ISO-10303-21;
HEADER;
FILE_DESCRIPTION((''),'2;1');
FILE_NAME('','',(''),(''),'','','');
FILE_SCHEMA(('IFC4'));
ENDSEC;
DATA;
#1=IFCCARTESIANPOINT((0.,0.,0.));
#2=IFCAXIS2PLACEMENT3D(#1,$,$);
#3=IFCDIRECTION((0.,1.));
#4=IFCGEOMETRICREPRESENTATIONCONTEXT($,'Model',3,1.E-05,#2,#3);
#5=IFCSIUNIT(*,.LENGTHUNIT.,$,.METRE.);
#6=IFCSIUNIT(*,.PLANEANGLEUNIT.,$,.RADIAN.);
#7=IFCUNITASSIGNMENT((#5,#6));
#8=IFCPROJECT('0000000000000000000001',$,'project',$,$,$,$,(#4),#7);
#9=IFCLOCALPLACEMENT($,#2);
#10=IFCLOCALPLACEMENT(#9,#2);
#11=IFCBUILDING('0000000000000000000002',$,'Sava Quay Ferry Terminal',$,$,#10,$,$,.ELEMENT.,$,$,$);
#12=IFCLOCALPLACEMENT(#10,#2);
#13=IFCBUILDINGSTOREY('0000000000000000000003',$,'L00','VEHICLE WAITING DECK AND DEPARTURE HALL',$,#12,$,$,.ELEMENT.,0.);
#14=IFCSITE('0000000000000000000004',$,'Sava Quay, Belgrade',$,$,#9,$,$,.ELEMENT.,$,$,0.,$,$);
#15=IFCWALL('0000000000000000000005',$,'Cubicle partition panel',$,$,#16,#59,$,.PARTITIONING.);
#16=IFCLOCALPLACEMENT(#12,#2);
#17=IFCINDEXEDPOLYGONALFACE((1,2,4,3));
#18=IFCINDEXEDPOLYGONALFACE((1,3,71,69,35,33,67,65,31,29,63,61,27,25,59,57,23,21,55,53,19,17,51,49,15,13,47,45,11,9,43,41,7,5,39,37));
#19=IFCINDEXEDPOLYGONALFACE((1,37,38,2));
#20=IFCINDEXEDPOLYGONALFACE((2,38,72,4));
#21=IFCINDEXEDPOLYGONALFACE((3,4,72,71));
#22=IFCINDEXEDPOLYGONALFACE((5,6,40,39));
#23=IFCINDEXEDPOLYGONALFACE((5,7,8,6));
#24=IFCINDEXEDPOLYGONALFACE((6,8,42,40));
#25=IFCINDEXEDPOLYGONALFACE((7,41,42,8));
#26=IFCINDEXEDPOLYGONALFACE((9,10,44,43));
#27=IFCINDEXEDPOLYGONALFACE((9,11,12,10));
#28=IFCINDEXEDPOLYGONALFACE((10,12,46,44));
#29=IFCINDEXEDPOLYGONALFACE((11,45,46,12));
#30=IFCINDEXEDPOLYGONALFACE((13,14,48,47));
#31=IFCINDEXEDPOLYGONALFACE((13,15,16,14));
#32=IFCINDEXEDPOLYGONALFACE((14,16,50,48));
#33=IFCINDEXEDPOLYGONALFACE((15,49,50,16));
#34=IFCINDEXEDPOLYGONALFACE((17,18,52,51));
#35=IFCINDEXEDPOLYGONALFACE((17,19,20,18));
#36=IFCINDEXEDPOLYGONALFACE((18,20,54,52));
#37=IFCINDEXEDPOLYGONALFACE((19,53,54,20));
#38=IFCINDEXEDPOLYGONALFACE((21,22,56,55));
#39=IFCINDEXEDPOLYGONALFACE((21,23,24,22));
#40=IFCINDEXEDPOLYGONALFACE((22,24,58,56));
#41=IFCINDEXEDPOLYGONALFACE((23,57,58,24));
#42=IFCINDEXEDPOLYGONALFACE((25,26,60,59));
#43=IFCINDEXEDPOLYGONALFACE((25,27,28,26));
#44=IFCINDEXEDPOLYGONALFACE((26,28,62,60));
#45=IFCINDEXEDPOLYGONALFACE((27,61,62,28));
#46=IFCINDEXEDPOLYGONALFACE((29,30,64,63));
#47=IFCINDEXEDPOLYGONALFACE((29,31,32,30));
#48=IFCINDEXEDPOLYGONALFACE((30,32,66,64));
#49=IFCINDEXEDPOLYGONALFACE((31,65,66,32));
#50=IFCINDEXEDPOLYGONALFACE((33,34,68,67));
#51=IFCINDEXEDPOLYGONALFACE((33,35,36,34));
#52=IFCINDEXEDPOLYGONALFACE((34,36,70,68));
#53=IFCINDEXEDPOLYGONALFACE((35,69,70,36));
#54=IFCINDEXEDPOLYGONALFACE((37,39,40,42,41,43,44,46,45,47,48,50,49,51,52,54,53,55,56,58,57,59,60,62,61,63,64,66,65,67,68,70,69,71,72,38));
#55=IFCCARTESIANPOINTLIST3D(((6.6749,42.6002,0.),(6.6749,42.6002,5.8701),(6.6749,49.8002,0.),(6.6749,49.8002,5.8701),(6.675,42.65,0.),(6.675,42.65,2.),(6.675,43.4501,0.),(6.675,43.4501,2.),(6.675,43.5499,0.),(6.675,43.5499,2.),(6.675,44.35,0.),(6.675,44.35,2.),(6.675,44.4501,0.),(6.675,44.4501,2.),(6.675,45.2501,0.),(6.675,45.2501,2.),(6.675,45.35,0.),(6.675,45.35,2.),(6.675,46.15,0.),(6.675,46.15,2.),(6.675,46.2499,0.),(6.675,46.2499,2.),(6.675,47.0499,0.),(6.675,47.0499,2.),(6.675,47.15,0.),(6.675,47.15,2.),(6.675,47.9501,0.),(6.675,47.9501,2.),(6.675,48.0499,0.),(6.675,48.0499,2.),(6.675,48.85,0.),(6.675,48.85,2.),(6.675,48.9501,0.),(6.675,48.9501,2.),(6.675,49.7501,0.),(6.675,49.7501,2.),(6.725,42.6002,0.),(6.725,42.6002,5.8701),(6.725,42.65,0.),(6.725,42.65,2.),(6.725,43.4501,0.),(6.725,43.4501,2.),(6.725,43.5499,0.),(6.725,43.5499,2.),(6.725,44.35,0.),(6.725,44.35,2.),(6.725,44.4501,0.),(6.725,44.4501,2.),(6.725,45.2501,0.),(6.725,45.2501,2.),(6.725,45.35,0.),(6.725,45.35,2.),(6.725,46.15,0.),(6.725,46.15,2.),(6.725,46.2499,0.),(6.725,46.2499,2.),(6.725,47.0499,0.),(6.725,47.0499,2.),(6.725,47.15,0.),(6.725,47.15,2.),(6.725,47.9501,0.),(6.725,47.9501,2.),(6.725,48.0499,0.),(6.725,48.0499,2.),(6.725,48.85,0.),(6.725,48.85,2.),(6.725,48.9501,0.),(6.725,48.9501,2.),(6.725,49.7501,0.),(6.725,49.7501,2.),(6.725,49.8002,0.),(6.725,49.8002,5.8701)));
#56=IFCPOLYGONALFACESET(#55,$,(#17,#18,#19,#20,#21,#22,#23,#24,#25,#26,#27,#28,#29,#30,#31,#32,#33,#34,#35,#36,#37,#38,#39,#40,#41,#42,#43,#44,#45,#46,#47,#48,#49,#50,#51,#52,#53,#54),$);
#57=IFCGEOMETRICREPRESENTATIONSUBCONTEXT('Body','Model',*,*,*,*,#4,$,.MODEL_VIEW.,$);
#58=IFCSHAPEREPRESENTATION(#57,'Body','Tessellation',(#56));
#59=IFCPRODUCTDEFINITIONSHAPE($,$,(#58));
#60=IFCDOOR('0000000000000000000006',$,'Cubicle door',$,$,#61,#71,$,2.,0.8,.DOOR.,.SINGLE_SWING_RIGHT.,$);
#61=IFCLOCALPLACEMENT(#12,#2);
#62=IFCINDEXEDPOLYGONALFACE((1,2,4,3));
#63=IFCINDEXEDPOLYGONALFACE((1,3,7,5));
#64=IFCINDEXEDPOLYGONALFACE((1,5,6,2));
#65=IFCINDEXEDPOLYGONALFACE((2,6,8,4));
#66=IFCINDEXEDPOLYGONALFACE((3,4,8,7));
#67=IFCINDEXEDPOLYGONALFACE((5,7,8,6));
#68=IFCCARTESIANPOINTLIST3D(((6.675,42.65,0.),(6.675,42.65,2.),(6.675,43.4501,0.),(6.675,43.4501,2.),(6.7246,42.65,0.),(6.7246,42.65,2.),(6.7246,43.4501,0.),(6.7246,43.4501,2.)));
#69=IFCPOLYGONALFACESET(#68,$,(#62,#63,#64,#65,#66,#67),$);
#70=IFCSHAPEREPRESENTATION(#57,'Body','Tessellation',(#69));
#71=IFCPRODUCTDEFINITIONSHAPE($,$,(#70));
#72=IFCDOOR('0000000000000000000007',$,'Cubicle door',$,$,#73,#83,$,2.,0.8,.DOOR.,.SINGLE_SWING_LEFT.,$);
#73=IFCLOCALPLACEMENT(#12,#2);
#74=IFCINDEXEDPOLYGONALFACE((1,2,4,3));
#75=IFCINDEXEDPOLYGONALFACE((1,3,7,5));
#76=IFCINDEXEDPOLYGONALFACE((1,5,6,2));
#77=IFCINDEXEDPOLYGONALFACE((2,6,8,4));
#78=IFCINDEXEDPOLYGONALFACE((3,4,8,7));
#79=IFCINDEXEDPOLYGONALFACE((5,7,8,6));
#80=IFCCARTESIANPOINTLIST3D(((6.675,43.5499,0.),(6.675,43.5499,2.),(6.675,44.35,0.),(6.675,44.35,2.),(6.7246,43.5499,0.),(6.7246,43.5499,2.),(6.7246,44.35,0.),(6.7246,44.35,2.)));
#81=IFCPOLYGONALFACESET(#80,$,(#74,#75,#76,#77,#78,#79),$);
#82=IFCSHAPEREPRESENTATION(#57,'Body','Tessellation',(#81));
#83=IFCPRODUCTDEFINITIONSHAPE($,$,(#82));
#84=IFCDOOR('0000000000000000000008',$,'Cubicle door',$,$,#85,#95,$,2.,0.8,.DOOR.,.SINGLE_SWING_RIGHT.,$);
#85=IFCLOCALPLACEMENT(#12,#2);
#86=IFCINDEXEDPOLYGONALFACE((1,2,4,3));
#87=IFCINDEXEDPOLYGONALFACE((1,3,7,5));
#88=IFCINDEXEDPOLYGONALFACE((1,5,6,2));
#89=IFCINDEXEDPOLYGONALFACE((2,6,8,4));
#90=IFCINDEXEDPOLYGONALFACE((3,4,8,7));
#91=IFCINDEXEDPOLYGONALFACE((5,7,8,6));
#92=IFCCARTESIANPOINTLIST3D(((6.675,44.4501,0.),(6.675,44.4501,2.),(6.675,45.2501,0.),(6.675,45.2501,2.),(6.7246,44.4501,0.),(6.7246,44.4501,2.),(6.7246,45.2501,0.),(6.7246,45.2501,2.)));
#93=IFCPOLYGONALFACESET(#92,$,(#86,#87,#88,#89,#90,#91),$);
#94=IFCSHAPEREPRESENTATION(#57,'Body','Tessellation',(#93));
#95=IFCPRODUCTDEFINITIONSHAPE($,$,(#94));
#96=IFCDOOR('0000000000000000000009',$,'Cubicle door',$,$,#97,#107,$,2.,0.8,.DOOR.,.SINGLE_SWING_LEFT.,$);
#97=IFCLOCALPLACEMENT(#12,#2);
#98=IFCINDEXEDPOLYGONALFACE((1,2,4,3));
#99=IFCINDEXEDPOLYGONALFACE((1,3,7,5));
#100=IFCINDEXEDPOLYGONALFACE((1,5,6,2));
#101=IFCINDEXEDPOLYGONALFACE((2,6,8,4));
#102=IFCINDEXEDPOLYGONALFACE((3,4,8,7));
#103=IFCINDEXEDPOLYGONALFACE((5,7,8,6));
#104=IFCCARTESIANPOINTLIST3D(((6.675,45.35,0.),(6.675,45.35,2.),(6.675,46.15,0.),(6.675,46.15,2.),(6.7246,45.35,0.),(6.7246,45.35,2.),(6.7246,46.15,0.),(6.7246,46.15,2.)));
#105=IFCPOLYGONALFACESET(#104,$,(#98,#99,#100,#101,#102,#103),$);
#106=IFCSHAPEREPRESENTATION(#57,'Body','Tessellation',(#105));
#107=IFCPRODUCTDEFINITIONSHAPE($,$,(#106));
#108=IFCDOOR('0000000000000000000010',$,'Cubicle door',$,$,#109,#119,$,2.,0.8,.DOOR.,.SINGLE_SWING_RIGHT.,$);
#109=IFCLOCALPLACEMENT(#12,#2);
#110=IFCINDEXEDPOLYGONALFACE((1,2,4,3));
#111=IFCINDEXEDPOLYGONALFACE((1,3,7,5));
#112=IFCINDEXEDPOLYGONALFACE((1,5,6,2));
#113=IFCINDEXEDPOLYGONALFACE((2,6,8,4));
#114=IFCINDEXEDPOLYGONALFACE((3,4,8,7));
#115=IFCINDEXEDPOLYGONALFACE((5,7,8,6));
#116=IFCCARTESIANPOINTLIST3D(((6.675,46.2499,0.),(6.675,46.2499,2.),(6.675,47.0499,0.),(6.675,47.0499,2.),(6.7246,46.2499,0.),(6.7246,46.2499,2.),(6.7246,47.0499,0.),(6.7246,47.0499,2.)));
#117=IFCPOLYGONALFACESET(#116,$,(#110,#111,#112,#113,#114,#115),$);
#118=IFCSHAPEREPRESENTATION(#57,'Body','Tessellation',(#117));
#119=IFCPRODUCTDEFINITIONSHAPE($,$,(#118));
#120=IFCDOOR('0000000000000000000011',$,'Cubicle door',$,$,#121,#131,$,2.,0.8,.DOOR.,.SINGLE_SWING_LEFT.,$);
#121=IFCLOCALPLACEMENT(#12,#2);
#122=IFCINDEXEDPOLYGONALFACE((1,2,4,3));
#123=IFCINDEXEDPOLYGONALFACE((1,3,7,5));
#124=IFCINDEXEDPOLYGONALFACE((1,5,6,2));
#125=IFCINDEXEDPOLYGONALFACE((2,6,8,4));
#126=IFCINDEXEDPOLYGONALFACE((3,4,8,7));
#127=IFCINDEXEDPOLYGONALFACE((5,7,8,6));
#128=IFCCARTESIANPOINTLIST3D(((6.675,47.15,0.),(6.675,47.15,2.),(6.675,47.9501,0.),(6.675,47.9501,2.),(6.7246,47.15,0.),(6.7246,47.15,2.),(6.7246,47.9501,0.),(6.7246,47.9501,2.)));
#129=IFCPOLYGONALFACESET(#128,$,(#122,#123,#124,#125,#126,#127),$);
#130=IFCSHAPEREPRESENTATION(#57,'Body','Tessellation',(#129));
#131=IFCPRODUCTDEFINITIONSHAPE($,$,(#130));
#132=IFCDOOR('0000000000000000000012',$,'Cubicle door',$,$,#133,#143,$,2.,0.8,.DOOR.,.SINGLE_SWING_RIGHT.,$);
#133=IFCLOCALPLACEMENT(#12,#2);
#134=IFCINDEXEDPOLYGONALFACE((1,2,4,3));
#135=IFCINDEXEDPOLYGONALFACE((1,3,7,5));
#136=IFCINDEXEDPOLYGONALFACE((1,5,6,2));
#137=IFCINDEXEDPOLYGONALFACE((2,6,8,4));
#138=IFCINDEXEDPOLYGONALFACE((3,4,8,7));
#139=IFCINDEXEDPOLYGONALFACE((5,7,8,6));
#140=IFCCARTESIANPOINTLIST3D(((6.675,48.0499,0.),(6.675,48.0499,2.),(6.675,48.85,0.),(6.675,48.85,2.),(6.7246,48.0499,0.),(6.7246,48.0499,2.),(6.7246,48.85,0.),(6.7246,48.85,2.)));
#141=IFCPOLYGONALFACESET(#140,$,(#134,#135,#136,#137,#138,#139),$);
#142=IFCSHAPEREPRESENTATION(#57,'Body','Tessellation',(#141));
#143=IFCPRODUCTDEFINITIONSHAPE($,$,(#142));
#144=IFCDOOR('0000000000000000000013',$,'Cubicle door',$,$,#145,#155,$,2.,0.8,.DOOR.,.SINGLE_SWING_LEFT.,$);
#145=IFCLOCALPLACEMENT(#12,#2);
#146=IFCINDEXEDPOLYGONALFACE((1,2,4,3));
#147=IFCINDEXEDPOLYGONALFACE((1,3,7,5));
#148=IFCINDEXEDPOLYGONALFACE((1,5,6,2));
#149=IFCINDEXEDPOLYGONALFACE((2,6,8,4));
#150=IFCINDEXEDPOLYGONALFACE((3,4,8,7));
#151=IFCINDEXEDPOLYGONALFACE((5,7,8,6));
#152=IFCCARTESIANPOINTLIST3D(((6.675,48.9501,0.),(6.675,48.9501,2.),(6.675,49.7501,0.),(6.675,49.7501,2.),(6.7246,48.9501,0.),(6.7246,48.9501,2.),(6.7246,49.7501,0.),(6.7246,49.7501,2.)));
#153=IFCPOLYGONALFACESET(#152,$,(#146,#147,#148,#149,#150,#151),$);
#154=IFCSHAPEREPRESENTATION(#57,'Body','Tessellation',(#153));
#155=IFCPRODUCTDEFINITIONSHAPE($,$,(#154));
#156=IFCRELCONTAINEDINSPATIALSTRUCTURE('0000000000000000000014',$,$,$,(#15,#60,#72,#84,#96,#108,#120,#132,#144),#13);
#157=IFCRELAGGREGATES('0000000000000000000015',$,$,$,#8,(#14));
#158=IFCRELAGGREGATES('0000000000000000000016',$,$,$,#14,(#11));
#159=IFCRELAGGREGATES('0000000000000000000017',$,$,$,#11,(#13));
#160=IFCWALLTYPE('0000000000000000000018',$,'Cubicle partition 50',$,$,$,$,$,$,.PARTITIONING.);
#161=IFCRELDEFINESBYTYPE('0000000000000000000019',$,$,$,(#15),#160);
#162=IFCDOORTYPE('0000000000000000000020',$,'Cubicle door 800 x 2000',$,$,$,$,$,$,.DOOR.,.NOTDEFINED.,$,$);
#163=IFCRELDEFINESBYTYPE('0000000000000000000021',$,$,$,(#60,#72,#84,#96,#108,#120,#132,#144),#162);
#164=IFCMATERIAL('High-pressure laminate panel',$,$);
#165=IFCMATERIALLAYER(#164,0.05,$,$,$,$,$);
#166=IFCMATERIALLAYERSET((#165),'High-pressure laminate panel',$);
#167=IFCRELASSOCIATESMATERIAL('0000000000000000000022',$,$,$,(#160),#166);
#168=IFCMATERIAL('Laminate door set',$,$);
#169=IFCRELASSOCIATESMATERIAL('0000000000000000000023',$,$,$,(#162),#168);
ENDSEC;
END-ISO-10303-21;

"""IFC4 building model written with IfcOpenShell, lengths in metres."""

from ifc_helpers import new_model, si_unit, direction, frame, frame_2d, origin, place, context, subcontext, project, spatial, rectangle, extrude, material, layer, layer_set, type_object, element, fill, save


model = new_model("IFC4")

# Units and contexts
model_context = context("Model", 3, precision=1e-05, world=origin(), true_north=direction((0.0, 1.0)))
body_context = subcontext(model_context, "Body", "Model", "MODEL_VIEW")
ifc_project = project(units=[si_unit("LENGTHUNIT", "METRE"), si_unit("PLANEANGLEUNIT", "RADIAN")], contexts=[model_context])

# Site, building, storey
site_placement = place(None, origin())
site = spatial("IfcSite", under=ifc_project, at=site_placement, Name="Sava Quay, Belgrade", CompositionType="ELEMENT", RefElevation=0.0)
building_placement = place(site_placement, origin())
building = spatial("IfcBuilding", under=site, at=building_placement, Name="Sava Quay Ferry Terminal", CompositionType="ELEMENT")
storey_placement = place(building_placement, origin())
storey = spatial("IfcBuildingStorey", under=building, at=storey_placement, Name="L00", Description="VEHICLE WAITING DECK AND DEPARTURE HALL", CompositionType="ELEMENT", Elevation=0.0)

# Wall, openings, doors
ifc_material_1 = material(Name="High-pressure laminate panel")
ifc_layer_1 = layer(ifc_material_1, 0.05)
ifc_layer_set_1 = layer_set([ifc_layer_1], Name="High-pressure laminate panel")
wall_type_1 = type_object("IfcWallType", Name="Cubicle partition 50", PredefinedType="PARTITIONING", material=ifc_layer_set_1)
wall_1_placement = place(storey_placement, frame((6.7, 42.6001, 0.0), z_axis=(0.0, 0.0, 1.0), x_axis=(0.0, 1.0, 0.0)))
wall_1 = element("IfcWall", 1, at=wall_1_placement, inside=storey, type_object=wall_type_1, Name="Cubicle partition panel", PredefinedType="PARTITIONING", context=body_context, shape_type="SweptSolid", body=[
    extrude(rectangle(XDim=7.2, YDim=0.05, at=frame_2d((3.6001, 0.0))), origin(), (0.0, 0.0, 1.0), 5.8701),
])
opening_1_placement = place(wall_1_placement, frame((0.05, 0.0, 0.0)))
opening_1 = element("IfcOpeningElement", 2, at=opening_1_placement, cuts=wall_1, PredefinedType="OPENING", context=body_context, shape_type="SweptSolid", body=[
    extrude(rectangle(XDim=0.8, YDim=2.0, at=frame_2d((0.3999, 1.0))), frame((0.0, 0.0249, 0.0), z_axis=(0.0, -1.0, 0.0), x_axis=(1.0, 0.0, 0.0)), (0.0, 0.0, 1.0), 0.05),
])
opening_2_placement = place(wall_1_placement, frame((0.95, 0.0, 0.0)))
opening_2 = element("IfcOpeningElement", 3, at=opening_2_placement, cuts=wall_1, PredefinedType="OPENING", context=body_context, shape_type="SweptSolid", body=[
    extrude(rectangle(XDim=0.8, YDim=2.0, at=frame_2d((0.3999, 1.0))), frame((0.0, 0.0249, 0.0), z_axis=(0.0, -1.0, 0.0), x_axis=(1.0, 0.0, 0.0)), (0.0, 0.0, 1.0), 0.05),
])
opening_3_placement = place(wall_1_placement, frame((1.8501, 0.0, 0.0)))
opening_3 = element("IfcOpeningElement", 4, at=opening_3_placement, cuts=wall_1, PredefinedType="OPENING", context=body_context, shape_type="SweptSolid", body=[
    extrude(rectangle(XDim=0.8, YDim=2.0, at=frame_2d((0.3999, 1.0))), frame((0.0, 0.0249, 0.0), z_axis=(0.0, -1.0, 0.0), x_axis=(1.0, 0.0, 0.0)), (0.0, 0.0, 1.0), 0.05),
])
opening_4_placement = place(wall_1_placement, frame((2.75, 0.0, 0.0)))
opening_4 = element("IfcOpeningElement", 5, at=opening_4_placement, cuts=wall_1, PredefinedType="OPENING", context=body_context, shape_type="SweptSolid", body=[
    extrude(rectangle(XDim=0.8, YDim=2.0, at=frame_2d((0.3999, 1.0))), frame((0.0, 0.0249, 0.0), z_axis=(0.0, -1.0, 0.0), x_axis=(1.0, 0.0, 0.0)), (0.0, 0.0, 1.0), 0.05),
])
opening_5_placement = place(wall_1_placement, frame((3.6499, 0.0, 0.0)))
opening_5 = element("IfcOpeningElement", 6, at=opening_5_placement, cuts=wall_1, PredefinedType="OPENING", context=body_context, shape_type="SweptSolid", body=[
    extrude(rectangle(XDim=0.8, YDim=2.0, at=frame_2d((0.3999, 1.0))), frame((0.0, 0.0249, 0.0), z_axis=(0.0, -1.0, 0.0), x_axis=(1.0, 0.0, 0.0)), (0.0, 0.0, 1.0), 0.05),
])
opening_6_placement = place(wall_1_placement, frame((4.55, 0.0, 0.0)))
opening_6 = element("IfcOpeningElement", 7, at=opening_6_placement, cuts=wall_1, PredefinedType="OPENING", context=body_context, shape_type="SweptSolid", body=[
    extrude(rectangle(XDim=0.8, YDim=2.0, at=frame_2d((0.3999, 1.0))), frame((0.0, 0.0249, 0.0), z_axis=(0.0, -1.0, 0.0), x_axis=(1.0, 0.0, 0.0)), (0.0, 0.0, 1.0), 0.05),
])
opening_7_placement = place(wall_1_placement, frame((5.45, 0.0, 0.0)))
opening_7 = element("IfcOpeningElement", 8, at=opening_7_placement, cuts=wall_1, PredefinedType="OPENING", context=body_context, shape_type="SweptSolid", body=[
    extrude(rectangle(XDim=0.8, YDim=2.0, at=frame_2d((0.3999, 1.0))), frame((0.0, 0.0249, 0.0), z_axis=(0.0, -1.0, 0.0), x_axis=(1.0, 0.0, 0.0)), (0.0, 0.0, 1.0), 0.05),
])
opening_8_placement = place(wall_1_placement, frame((6.3501, 0.0, 0.0)))
opening_8 = element("IfcOpeningElement", 9, at=opening_8_placement, cuts=wall_1, PredefinedType="OPENING", context=body_context, shape_type="SweptSolid", body=[
    extrude(rectangle(XDim=0.8, YDim=2.0, at=frame_2d((0.3999, 1.0))), frame((0.0, 0.0249, 0.0), z_axis=(0.0, -1.0, 0.0), x_axis=(1.0, 0.0, 0.0)), (0.0, 0.0, 1.0), 0.05),
])
ifc_material_2 = material(Name="Laminate door set")
door_type_1 = type_object("IfcDoorType", Name="Cubicle door 800 x 2000", OperationType="NOTDEFINED", PredefinedType="DOOR", material=ifc_material_2)
door_1_placement = place(opening_1_placement, origin())
door_1 = element("IfcDoor", 10, at=door_1_placement, inside=storey, type_object=door_type_1, Name="Cubicle door", OperationType="SINGLE_SWING_RIGHT", OverallHeight=2.0, OverallWidth=0.8, PredefinedType="DOOR", context=body_context, shape_type="SweptSolid", body=[
    extrude(rectangle(XDim=0.8, YDim=2.0, at=frame_2d((0.3999, 1.0))), frame((0.0, 0.0249, 0.0), z_axis=(0.0, -1.0, 0.0), x_axis=(1.0, 0.0, 0.0)), (0.0, 0.0, 1.0), 0.0496),
])
fill(opening_1, door_1)
door_2_placement = place(opening_2_placement, origin())
door_2 = element("IfcDoor", 11, at=door_2_placement, inside=storey, type_object=door_type_1, Name="Cubicle door", OperationType="SINGLE_SWING_LEFT", OverallHeight=2.0, OverallWidth=0.8, PredefinedType="DOOR", context=body_context, shape_type="SweptSolid", body=[
    extrude(rectangle(XDim=0.8, YDim=2.0, at=frame_2d((0.3999, 1.0))), frame((0.0, 0.0249, 0.0), z_axis=(0.0, -1.0, 0.0), x_axis=(1.0, 0.0, 0.0)), (0.0, 0.0, 1.0), 0.0496),
])
fill(opening_2, door_2)
door_3_placement = place(opening_3_placement, origin())
door_3 = element("IfcDoor", 12, at=door_3_placement, inside=storey, type_object=door_type_1, Name="Cubicle door", OperationType="SINGLE_SWING_RIGHT", OverallHeight=2.0, OverallWidth=0.8, PredefinedType="DOOR", context=body_context, shape_type="SweptSolid", body=[
    extrude(rectangle(XDim=0.8, YDim=2.0, at=frame_2d((0.3999, 1.0))), frame((0.0, 0.0249, 0.0), z_axis=(0.0, -1.0, 0.0), x_axis=(1.0, 0.0, 0.0)), (0.0, 0.0, 1.0), 0.0496),
])
fill(opening_3, door_3)
door_4_placement = place(opening_4_placement, origin())
door_4 = element("IfcDoor", 13, at=door_4_placement, inside=storey, type_object=door_type_1, Name="Cubicle door", OperationType="SINGLE_SWING_LEFT", OverallHeight=2.0, OverallWidth=0.8, PredefinedType="DOOR", context=body_context, shape_type="SweptSolid", body=[
    extrude(rectangle(XDim=0.8, YDim=2.0, at=frame_2d((0.3999, 1.0))), frame((0.0, 0.0249, 0.0), z_axis=(0.0, -1.0, 0.0), x_axis=(1.0, 0.0, 0.0)), (0.0, 0.0, 1.0), 0.0496),
])
fill(opening_4, door_4)
door_5_placement = place(opening_5_placement, origin())
door_5 = element("IfcDoor", 14, at=door_5_placement, inside=storey, type_object=door_type_1, Name="Cubicle door", OperationType="SINGLE_SWING_RIGHT", OverallHeight=2.0, OverallWidth=0.8, PredefinedType="DOOR", context=body_context, shape_type="SweptSolid", body=[
    extrude(rectangle(XDim=0.8, YDim=2.0, at=frame_2d((0.3999, 1.0))), frame((0.0, 0.0249, 0.0), z_axis=(0.0, -1.0, 0.0), x_axis=(1.0, 0.0, 0.0)), (0.0, 0.0, 1.0), 0.0496),
])
fill(opening_5, door_5)
door_6_placement = place(opening_6_placement, origin())
door_6 = element("IfcDoor", 15, at=door_6_placement, inside=storey, type_object=door_type_1, Name="Cubicle door", OperationType="SINGLE_SWING_LEFT", OverallHeight=2.0, OverallWidth=0.8, PredefinedType="DOOR", context=body_context, shape_type="SweptSolid", body=[
    extrude(rectangle(XDim=0.8, YDim=2.0, at=frame_2d((0.3999, 1.0))), frame((0.0, 0.0249, 0.0), z_axis=(0.0, -1.0, 0.0), x_axis=(1.0, 0.0, 0.0)), (0.0, 0.0, 1.0), 0.0496),
])
fill(opening_6, door_6)
door_7_placement = place(opening_7_placement, origin())
door_7 = element("IfcDoor", 16, at=door_7_placement, inside=storey, type_object=door_type_1, Name="Cubicle door", OperationType="SINGLE_SWING_RIGHT", OverallHeight=2.0, OverallWidth=0.8, PredefinedType="DOOR", context=body_context, shape_type="SweptSolid", body=[
    extrude(rectangle(XDim=0.8, YDim=2.0, at=frame_2d((0.3999, 1.0))), frame((0.0, 0.0249, 0.0), z_axis=(0.0, -1.0, 0.0), x_axis=(1.0, 0.0, 0.0)), (0.0, 0.0, 1.0), 0.0496),
])
fill(opening_7, door_7)
door_8_placement = place(opening_8_placement, origin())
door_8 = element("IfcDoor", 17, at=door_8_placement, inside=storey, type_object=door_type_1, Name="Cubicle door", OperationType="SINGLE_SWING_LEFT", OverallHeight=2.0, OverallWidth=0.8, PredefinedType="DOOR", context=body_context, shape_type="SweptSolid", body=[
    extrude(rectangle(XDim=0.8, YDim=2.0, at=frame_2d((0.3999, 1.0))), frame((0.0, 0.0249, 0.0), z_axis=(0.0, -1.0, 0.0), x_axis=(1.0, 0.0, 0.0)), (0.0, 0.0, 1.0), 0.0496),
])
fill(opening_8, door_8)

save(model, "model.ifc")
